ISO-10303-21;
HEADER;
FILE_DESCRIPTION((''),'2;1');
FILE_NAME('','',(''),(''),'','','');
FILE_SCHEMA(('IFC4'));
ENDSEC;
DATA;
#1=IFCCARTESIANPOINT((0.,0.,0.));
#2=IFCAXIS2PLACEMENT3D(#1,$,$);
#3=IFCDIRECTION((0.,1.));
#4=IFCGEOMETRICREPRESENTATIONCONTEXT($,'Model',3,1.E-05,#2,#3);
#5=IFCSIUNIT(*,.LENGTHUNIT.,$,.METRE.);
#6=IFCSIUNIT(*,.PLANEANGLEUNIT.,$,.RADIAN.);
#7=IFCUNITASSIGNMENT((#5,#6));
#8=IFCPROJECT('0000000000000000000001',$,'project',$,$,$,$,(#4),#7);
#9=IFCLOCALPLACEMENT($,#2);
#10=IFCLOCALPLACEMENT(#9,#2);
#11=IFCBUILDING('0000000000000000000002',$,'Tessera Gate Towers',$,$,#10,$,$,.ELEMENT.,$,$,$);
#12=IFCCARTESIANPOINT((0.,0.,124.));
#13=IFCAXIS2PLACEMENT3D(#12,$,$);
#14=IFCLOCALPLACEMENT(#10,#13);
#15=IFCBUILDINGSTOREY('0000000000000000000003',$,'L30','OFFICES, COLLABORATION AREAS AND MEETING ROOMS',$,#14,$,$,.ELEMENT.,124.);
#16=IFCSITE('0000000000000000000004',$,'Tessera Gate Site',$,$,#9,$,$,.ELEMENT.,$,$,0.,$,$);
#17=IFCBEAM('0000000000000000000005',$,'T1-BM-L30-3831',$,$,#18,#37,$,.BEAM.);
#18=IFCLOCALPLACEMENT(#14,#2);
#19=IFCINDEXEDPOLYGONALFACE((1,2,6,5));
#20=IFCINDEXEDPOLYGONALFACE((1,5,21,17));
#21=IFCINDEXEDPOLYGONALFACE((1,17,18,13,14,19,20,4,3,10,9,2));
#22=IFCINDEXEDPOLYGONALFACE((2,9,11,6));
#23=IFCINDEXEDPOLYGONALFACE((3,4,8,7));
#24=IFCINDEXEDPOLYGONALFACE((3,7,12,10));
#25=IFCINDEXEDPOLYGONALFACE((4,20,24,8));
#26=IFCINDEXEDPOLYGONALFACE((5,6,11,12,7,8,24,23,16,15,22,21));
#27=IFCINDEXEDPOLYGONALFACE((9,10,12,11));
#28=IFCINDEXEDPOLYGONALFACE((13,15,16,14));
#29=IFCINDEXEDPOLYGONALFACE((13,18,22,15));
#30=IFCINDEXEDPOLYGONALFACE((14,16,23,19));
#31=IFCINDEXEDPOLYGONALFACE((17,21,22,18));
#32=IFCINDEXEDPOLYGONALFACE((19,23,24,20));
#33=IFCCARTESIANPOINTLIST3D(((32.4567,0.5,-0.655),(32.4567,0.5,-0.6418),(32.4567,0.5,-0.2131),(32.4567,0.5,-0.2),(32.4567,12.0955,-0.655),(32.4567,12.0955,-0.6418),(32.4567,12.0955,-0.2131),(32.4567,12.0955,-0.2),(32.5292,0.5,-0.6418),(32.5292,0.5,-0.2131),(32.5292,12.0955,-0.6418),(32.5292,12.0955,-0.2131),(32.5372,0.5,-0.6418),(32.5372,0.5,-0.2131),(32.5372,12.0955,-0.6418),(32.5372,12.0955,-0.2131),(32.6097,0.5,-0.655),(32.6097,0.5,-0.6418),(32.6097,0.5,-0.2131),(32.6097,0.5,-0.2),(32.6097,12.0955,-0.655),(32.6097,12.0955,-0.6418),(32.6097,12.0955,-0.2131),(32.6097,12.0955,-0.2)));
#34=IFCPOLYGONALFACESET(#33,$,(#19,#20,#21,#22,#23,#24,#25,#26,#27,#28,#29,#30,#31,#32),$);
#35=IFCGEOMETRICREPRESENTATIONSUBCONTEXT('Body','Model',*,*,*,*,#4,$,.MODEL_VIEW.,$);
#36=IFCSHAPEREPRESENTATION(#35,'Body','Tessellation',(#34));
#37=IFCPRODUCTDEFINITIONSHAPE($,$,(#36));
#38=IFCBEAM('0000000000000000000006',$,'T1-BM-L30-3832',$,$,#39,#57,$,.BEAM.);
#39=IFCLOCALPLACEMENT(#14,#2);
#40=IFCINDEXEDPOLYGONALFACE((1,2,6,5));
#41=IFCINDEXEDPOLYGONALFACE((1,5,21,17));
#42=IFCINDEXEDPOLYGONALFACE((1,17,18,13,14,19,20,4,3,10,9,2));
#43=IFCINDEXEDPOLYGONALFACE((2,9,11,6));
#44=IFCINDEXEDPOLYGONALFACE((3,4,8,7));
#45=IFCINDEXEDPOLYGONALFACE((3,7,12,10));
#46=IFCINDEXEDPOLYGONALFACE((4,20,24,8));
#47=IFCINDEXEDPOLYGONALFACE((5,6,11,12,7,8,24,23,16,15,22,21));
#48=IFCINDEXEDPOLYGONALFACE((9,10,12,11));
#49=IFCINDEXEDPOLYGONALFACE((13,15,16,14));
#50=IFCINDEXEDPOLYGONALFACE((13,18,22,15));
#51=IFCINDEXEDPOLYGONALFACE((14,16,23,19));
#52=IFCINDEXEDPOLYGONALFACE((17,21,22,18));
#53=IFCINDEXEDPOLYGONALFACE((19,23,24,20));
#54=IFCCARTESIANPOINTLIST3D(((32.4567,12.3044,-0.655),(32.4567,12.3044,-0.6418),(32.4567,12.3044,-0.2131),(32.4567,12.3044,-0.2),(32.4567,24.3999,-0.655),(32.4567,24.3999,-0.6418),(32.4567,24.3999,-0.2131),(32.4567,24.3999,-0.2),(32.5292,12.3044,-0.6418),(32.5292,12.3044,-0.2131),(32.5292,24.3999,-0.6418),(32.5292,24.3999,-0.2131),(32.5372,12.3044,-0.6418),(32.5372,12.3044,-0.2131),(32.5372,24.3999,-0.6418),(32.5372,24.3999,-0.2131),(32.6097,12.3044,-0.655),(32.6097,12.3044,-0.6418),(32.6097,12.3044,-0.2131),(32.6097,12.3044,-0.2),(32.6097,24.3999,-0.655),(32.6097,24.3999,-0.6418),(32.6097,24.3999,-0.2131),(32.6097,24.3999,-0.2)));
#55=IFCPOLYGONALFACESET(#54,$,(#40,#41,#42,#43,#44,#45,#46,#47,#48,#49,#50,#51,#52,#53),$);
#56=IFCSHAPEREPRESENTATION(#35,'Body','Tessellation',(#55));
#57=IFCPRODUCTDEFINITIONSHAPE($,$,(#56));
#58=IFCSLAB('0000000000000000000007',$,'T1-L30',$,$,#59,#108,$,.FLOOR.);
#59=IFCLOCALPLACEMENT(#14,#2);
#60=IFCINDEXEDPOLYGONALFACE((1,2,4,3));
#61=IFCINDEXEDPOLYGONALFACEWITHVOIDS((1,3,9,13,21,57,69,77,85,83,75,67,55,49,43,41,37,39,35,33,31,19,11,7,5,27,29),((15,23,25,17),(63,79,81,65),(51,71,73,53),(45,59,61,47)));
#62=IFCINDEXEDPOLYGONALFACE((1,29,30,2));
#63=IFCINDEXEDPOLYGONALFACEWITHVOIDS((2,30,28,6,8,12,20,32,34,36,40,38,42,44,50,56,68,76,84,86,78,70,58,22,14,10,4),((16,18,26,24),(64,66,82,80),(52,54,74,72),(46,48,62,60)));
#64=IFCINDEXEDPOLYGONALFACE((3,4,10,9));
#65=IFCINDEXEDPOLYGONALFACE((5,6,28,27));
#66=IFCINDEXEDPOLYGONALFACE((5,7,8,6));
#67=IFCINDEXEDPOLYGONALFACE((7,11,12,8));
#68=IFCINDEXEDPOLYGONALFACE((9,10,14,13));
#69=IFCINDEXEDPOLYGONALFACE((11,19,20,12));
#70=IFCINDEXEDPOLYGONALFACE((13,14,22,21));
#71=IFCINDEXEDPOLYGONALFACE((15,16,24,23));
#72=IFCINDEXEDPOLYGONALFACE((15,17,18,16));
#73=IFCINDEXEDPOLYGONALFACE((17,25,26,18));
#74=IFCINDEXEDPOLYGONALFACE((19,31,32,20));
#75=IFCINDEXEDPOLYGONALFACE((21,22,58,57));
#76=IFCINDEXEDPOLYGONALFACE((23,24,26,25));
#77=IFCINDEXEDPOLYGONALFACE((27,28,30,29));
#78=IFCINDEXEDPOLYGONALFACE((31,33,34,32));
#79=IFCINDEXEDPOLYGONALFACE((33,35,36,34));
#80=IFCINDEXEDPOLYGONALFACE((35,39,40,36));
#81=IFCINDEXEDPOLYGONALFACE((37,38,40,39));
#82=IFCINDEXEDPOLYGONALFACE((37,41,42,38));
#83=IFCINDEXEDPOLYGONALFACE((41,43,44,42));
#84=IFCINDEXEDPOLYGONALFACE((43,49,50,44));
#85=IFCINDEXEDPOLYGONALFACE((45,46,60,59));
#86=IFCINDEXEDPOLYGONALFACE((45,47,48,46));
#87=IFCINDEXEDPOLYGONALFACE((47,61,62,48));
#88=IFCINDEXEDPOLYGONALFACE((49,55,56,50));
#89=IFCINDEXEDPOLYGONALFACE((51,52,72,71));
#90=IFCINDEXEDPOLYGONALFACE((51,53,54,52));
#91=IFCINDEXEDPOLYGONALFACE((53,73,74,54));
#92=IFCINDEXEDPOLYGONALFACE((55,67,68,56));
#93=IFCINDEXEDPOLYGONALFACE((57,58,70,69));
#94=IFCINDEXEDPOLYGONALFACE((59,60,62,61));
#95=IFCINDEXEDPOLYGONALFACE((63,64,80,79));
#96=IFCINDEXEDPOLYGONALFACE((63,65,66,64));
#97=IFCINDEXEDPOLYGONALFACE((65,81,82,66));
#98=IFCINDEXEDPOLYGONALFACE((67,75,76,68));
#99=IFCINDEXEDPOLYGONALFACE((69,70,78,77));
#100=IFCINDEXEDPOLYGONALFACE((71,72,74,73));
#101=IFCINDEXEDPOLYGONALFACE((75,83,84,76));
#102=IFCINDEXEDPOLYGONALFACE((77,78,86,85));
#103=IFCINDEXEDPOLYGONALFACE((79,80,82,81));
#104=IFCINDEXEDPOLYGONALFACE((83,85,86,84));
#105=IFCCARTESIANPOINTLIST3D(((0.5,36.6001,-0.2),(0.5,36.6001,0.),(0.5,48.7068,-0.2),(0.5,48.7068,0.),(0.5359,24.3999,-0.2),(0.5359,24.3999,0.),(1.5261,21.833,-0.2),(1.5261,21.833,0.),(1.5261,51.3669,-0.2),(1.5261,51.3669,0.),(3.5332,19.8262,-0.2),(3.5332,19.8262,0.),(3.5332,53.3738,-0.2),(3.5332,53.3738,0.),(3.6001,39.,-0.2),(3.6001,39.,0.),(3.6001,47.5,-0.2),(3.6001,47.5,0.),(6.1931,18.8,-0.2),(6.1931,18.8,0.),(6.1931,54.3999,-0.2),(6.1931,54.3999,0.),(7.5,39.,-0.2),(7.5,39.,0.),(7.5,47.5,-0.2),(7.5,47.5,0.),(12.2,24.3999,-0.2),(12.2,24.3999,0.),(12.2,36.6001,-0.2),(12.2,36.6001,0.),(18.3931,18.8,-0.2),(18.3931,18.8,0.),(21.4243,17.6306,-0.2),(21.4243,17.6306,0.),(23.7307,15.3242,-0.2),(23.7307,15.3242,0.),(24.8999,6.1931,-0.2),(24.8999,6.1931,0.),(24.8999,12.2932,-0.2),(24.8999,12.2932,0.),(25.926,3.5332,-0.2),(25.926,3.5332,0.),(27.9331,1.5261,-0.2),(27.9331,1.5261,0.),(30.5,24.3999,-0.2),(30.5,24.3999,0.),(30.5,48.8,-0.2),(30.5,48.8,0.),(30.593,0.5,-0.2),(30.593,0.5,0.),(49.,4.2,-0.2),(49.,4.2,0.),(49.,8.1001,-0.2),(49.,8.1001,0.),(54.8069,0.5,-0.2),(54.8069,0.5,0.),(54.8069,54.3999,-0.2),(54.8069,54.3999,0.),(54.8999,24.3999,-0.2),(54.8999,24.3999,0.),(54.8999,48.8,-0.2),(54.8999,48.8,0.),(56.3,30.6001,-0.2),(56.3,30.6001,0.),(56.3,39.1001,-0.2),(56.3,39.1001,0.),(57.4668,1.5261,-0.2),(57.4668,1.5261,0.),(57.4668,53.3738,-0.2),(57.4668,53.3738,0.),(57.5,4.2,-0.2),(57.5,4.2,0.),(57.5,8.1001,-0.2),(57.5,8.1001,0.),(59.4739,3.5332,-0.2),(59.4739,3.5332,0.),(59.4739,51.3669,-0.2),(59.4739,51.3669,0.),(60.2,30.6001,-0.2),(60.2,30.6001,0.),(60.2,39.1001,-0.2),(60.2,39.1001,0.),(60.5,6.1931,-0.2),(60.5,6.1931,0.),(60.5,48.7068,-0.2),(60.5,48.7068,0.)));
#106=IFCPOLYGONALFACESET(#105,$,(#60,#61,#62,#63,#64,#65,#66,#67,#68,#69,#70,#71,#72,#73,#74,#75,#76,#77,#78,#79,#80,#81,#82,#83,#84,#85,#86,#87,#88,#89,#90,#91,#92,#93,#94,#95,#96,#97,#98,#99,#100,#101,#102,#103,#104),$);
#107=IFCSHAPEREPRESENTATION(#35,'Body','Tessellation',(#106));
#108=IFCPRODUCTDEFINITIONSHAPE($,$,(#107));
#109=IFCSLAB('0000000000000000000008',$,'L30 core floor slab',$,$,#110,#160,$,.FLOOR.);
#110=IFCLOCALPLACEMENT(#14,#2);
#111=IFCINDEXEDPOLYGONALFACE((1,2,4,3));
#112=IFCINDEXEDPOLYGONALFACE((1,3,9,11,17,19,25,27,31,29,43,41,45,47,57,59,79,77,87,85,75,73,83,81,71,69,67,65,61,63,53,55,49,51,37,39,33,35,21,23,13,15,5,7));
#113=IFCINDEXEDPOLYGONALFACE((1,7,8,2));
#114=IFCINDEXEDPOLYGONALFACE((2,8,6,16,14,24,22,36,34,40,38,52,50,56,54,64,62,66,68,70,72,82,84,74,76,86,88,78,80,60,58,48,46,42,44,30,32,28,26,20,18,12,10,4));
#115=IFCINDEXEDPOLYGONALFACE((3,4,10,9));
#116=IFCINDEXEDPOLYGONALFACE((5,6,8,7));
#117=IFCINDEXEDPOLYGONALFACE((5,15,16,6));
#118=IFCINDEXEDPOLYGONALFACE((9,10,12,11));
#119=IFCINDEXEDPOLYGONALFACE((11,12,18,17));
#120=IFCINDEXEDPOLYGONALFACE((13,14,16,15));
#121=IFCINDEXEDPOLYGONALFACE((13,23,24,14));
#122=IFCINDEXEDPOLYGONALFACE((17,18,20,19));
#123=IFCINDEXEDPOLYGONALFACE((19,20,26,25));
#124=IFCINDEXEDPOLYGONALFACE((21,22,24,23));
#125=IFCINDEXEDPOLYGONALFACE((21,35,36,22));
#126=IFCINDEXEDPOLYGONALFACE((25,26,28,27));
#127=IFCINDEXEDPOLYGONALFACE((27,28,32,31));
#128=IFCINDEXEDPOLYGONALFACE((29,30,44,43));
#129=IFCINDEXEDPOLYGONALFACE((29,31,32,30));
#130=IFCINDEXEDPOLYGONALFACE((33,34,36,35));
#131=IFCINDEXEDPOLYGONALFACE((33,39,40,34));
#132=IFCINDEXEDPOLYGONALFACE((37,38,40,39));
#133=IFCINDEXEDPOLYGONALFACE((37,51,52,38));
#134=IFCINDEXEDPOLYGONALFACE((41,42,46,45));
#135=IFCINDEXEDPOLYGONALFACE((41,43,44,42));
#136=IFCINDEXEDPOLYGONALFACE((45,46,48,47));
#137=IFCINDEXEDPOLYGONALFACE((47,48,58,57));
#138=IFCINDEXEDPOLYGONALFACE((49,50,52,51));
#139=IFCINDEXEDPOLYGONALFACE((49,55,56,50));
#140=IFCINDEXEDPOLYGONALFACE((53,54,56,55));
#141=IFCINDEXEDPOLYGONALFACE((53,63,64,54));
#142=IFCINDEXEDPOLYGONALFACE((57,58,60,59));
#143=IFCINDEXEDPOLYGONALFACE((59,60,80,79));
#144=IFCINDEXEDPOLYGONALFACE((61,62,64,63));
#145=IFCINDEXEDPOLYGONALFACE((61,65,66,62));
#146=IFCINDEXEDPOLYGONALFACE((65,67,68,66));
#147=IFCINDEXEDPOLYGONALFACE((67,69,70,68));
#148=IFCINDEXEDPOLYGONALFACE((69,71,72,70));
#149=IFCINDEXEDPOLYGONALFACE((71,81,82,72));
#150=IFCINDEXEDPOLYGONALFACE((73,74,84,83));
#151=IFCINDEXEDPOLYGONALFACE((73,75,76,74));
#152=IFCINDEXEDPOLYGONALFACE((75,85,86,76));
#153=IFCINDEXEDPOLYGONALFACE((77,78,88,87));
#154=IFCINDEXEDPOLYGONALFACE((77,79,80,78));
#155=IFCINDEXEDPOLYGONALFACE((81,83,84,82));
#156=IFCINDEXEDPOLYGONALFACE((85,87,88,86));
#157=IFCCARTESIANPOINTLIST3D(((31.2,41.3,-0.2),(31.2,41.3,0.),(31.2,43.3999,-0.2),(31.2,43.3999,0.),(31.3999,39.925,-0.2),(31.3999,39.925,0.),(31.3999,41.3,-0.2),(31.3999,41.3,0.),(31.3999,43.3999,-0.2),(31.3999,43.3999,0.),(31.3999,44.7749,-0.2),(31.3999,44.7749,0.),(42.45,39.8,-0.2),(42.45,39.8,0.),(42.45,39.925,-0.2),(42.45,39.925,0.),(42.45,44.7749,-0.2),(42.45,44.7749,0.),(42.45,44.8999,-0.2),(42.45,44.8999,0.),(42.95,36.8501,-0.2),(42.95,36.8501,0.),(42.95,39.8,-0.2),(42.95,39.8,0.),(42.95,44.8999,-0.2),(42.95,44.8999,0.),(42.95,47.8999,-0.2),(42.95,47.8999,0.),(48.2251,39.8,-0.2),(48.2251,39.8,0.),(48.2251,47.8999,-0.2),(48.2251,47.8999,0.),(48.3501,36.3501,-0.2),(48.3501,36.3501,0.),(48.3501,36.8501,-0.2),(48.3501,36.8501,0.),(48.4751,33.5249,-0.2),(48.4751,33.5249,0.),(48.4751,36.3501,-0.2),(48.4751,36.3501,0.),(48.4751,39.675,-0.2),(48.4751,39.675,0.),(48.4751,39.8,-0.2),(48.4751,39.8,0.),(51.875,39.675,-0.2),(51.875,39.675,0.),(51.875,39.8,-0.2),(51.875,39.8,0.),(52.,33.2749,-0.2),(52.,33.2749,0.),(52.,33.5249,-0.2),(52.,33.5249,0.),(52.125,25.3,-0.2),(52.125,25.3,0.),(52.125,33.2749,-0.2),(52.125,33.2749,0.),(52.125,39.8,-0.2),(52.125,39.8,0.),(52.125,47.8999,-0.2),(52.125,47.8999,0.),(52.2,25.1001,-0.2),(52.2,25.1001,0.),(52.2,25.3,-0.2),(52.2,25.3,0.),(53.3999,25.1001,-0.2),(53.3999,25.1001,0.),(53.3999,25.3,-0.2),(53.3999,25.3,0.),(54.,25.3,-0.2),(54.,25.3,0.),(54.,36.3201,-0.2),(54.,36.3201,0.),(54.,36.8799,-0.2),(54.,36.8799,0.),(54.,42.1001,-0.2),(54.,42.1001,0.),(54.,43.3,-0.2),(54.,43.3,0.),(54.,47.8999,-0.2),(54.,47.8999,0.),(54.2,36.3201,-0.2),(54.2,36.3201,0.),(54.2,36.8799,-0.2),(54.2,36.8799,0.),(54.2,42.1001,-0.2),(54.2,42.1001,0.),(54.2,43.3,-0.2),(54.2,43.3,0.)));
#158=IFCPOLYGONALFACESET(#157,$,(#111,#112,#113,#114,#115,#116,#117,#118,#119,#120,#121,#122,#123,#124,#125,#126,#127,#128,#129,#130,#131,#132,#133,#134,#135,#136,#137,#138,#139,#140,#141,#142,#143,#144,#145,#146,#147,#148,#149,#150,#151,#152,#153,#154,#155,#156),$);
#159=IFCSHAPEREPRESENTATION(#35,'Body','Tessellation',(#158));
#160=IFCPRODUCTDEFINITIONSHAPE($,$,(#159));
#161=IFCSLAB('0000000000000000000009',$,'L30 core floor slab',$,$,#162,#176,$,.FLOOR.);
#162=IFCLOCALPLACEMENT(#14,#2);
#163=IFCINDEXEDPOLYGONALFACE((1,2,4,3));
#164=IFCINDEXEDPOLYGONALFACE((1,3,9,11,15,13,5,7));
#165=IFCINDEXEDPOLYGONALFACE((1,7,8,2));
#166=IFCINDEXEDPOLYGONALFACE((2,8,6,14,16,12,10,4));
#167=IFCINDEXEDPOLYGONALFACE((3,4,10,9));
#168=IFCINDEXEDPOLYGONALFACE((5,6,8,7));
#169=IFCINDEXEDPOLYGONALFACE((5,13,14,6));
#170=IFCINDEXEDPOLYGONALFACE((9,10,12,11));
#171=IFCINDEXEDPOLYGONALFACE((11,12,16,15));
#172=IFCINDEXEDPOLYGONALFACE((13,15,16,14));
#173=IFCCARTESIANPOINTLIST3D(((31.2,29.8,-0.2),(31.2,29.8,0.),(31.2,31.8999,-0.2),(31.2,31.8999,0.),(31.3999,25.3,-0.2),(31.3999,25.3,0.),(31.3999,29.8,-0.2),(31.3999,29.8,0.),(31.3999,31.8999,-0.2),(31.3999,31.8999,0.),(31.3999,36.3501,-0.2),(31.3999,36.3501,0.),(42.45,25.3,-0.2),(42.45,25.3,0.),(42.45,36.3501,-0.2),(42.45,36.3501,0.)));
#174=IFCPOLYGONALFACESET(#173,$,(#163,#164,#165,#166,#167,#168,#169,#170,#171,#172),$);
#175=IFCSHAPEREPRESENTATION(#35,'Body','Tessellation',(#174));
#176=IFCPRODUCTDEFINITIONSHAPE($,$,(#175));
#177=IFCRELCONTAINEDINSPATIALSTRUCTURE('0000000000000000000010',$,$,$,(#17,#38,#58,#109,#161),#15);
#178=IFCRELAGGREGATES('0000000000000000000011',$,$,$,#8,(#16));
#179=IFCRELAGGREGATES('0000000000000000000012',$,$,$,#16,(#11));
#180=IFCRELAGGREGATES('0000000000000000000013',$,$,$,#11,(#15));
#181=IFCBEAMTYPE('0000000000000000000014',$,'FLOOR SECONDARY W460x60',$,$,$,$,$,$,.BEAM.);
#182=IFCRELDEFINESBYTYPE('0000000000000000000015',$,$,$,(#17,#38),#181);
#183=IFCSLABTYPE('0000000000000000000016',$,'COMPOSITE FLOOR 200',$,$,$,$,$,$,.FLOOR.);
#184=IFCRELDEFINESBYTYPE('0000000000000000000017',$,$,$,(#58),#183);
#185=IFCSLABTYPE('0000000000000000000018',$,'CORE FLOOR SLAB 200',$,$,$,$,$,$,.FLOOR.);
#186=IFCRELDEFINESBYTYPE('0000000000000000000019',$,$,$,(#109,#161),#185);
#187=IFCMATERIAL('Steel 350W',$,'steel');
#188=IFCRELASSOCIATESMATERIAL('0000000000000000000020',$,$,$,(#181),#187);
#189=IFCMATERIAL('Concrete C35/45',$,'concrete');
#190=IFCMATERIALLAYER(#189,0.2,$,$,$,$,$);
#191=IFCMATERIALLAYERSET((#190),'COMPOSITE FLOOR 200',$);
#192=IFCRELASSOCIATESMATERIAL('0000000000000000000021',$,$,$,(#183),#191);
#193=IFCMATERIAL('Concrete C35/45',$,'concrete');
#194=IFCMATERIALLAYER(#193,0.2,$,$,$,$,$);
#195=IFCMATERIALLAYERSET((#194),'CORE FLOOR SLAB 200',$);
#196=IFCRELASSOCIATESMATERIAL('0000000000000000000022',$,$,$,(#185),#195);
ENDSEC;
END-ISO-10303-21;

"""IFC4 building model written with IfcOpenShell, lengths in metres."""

from ifc_helpers import new_model, si_unit, direction, frame, origin, origin_2d, place, context, subcontext, project, spatial, polyline, i_section, outline, extrude, material, layer, layer_set, material_profile, profile_set, type_object, element, save


model = new_model("IFC4")

# Units and contexts
model_context = context("Model", 3, precision=1e-05, world=origin(), true_north=direction((0.0, 1.0)))
body_context = subcontext(model_context, "Body", "Model", "MODEL_VIEW")
ifc_project = project(units=[si_unit("LENGTHUNIT", "METRE"), si_unit("PLANEANGLEUNIT", "RADIAN")], contexts=[model_context])

# Site, building, storey
site_placement = place(None, origin())
site = spatial("IfcSite", under=ifc_project, at=site_placement, Name="Tessera Gate Site", CompositionType="ELEMENT", RefElevation=0.0)
building_placement = place(site_placement, origin())
building = spatial("IfcBuilding", under=site, at=building_placement, Name="Tessera Gate Towers", CompositionType="ELEMENT")
storey_placement = place(building_placement, frame((0.0, 0.0, 124.0)))
storey = spatial("IfcBuildingStorey", under=building, at=storey_placement, Name="L30", Description="OFFICES, COLLABORATION AREAS AND MEETING ROOMS", CompositionType="ELEMENT", Elevation=124.0)

# Beams
ifc_material_1 = material(Name="Steel 350W", Category="steel")
ifc_material_profile_1 = material_profile(ifc_material_1, i_section(OverallWidth=0.1531, OverallDepth=0.4551, WebThickness=0.0081, FlangeThickness=0.0132, at=origin_2d()), Name="W460x60")
ifc_profile_set_1 = profile_set([ifc_material_profile_1], Name="Steel 350W")
beam_type_1 = type_object("IfcBeamType", Name="FLOOR SECONDARY W460x60", PredefinedType="BEAM", material=ifc_profile_set_1)
beam_1_placement = place(storey_placement, frame((32.5332, 0.5, -0.4275), z_axis=(0.0, 1.0, 0.0), x_axis=(-1.0, 0.0, 0.0)))
element("IfcBeam", 1, at=beam_1_placement, inside=storey, type_object=beam_type_1, Name="T1-BM-L30-3831", PredefinedType="BEAM", context=body_context, shape_type="SweptSolid", body=[
    extrude(i_section(OverallWidth=0.1531, OverallDepth=0.4551, WebThickness=0.0081, FlangeThickness=0.0132, at=origin_2d()), origin(), (0.0, 0.0, 1.0), 11.5955),
])
beam_2_placement = place(storey_placement, frame((32.5332, 12.3044, -0.4275), z_axis=(0.0, 1.0, 0.0), x_axis=(-1.0, 0.0, 0.0)))
element("IfcBeam", 2, at=beam_2_placement, inside=storey, type_object=beam_type_1, Name="T1-BM-L30-3832", PredefinedType="BEAM", context=body_context, shape_type="SweptSolid", body=[
    extrude(i_section(OverallWidth=0.1531, OverallDepth=0.4551, WebThickness=0.0081, FlangeThickness=0.0132, at=origin_2d()), origin(), (0.0, 0.0, 1.0), 12.0955),
])

# Slabs
ifc_material_2 = material(Name="Concrete C35/45", Category="concrete")
ifc_layer_1 = layer(ifc_material_2, 0.2)
ifc_layer_set_1 = layer_set([ifc_layer_1], Name="COMPOSITE FLOOR 200")
slab_type_1 = type_object("IfcSlabType", Name="COMPOSITE FLOOR 200", PredefinedType="FLOOR", material=ifc_layer_set_1)
slab_1_placement = place(storey_placement, frame((0.0, 0.0, -0.2)))
element("IfcSlab", 3, at=slab_1_placement, inside=storey, type_object=slab_type_1, Name="T1-L30", PredefinedType="FLOOR", context=body_context, shape_type="SweptSolid", body=[
    extrude(outline(polyline([(0.5, 36.6001), (12.2, 36.6001), (12.2, 24.3999), (0.5359, 24.3999), (1.5261, 21.833), (3.5332, 19.8262), (6.1931, 18.8), (18.3931, 18.8), (21.4243, 17.6306), (23.7307, 15.3242), (24.8999, 12.2932), (24.8999, 6.1931), (25.926, 3.5332), (27.9331, 1.5261), (30.593, 0.5), (54.8069, 0.5), (57.4668, 1.5261), (59.4739, 3.5332), (60.5, 6.1931), (60.5, 48.7068), (59.4739, 51.3669), (57.4668, 53.3738), (54.8069, 54.3999), (6.1931, 54.3999), (3.5332, 53.3738), (1.5261, 51.3669), (0.5, 48.7068), (0.5, 36.6001)]), holes=[polyline([(3.6001, 39.0), (3.6001, 47.5), (7.5, 47.5), (7.5, 39.0), (3.6001, 39.0)]), polyline([(30.5, 24.3999), (30.5, 48.8), (54.8999, 48.8), (54.8999, 24.3999), (30.5, 24.3999)]), polyline([(49.0, 4.2), (49.0, 8.1001), (57.5, 8.1001), (57.5, 4.2), (49.0, 4.2)]), polyline([(56.3, 30.6001), (56.3, 39.1001), (60.2, 39.1001), (60.2, 30.6001), (56.3, 30.6001)])]), origin(), (0.0, 0.0, 1.0), 0.2),
])
ifc_material_3 = material(Name="Concrete C35/45", Category="concrete")
ifc_layer_2 = layer(ifc_material_3, 0.2)
ifc_layer_set_2 = layer_set([ifc_layer_2], Name="CORE FLOOR SLAB 200")
slab_type_2 = type_object("IfcSlabType", Name="CORE FLOOR SLAB 200", PredefinedType="FLOOR", material=ifc_layer_set_2)
slab_2_placement = place(storey_placement, frame((0.0, 0.0, -0.2)))
element("IfcSlab", 4, at=slab_2_placement, inside=storey, type_object=slab_type_2, Name="L30 core floor slab", PredefinedType="FLOOR", context=body_context, shape_type="SweptSolid", body=[
    extrude(outline(polyline([(42.45, 44.8999), (42.45, 44.7749), (31.3999, 44.7749), (31.3999, 43.3999), (31.2, 43.3999), (31.2, 41.3), (31.3999, 41.3), (31.3999, 39.925), (42.45, 39.925), (42.45, 39.8), (42.95, 39.8), (42.95, 36.8501), (48.3501, 36.8501), (48.3501, 36.3501), (48.4751, 36.3501), (48.4751, 33.5249), (52.0, 33.5249), (52.0, 33.2749), (52.125, 33.2749), (52.125, 25.3), (52.2, 25.3), (52.2, 25.1001), (53.3999, 25.1001), (53.3999, 25.3), (54.0, 25.3), (54.0, 36.3201), (54.2, 36.3201), (54.2, 36.8799), (54.0, 36.8799), (54.0, 42.1001), (54.2, 42.1001), (54.2, 43.3), (54.0, 43.3), (54.0, 47.8999), (52.125, 47.8999), (52.125, 39.8), (51.875, 39.8), (51.875, 39.675), (48.4751, 39.675), (48.4751, 39.8), (48.2251, 39.8), (48.2251, 47.8999), (42.95, 47.8999), (42.95, 44.8999), (42.45, 44.8999)])), origin(), (0.0, 0.0, 1.0), 0.2),
])
slab_3_placement = place(storey_placement, frame((0.0, 0.0, -0.2)))
element("IfcSlab", 5, at=slab_3_placement, inside=storey, type_object=slab_type_2, Name="L30 core floor slab", PredefinedType="FLOOR", context=body_context, shape_type="SweptSolid", body=[
    extrude(outline(polyline([(31.3999, 36.3501), (31.3999, 31.8999), (31.2, 31.8999), (31.2, 29.8), (31.3999, 29.8), (31.3999, 25.3), (42.45, 25.3), (42.45, 36.3501), (31.3999, 36.3501)])), origin(), (0.0, 0.0, 1.0), 0.2),
])

save(model, "model.ifc")
